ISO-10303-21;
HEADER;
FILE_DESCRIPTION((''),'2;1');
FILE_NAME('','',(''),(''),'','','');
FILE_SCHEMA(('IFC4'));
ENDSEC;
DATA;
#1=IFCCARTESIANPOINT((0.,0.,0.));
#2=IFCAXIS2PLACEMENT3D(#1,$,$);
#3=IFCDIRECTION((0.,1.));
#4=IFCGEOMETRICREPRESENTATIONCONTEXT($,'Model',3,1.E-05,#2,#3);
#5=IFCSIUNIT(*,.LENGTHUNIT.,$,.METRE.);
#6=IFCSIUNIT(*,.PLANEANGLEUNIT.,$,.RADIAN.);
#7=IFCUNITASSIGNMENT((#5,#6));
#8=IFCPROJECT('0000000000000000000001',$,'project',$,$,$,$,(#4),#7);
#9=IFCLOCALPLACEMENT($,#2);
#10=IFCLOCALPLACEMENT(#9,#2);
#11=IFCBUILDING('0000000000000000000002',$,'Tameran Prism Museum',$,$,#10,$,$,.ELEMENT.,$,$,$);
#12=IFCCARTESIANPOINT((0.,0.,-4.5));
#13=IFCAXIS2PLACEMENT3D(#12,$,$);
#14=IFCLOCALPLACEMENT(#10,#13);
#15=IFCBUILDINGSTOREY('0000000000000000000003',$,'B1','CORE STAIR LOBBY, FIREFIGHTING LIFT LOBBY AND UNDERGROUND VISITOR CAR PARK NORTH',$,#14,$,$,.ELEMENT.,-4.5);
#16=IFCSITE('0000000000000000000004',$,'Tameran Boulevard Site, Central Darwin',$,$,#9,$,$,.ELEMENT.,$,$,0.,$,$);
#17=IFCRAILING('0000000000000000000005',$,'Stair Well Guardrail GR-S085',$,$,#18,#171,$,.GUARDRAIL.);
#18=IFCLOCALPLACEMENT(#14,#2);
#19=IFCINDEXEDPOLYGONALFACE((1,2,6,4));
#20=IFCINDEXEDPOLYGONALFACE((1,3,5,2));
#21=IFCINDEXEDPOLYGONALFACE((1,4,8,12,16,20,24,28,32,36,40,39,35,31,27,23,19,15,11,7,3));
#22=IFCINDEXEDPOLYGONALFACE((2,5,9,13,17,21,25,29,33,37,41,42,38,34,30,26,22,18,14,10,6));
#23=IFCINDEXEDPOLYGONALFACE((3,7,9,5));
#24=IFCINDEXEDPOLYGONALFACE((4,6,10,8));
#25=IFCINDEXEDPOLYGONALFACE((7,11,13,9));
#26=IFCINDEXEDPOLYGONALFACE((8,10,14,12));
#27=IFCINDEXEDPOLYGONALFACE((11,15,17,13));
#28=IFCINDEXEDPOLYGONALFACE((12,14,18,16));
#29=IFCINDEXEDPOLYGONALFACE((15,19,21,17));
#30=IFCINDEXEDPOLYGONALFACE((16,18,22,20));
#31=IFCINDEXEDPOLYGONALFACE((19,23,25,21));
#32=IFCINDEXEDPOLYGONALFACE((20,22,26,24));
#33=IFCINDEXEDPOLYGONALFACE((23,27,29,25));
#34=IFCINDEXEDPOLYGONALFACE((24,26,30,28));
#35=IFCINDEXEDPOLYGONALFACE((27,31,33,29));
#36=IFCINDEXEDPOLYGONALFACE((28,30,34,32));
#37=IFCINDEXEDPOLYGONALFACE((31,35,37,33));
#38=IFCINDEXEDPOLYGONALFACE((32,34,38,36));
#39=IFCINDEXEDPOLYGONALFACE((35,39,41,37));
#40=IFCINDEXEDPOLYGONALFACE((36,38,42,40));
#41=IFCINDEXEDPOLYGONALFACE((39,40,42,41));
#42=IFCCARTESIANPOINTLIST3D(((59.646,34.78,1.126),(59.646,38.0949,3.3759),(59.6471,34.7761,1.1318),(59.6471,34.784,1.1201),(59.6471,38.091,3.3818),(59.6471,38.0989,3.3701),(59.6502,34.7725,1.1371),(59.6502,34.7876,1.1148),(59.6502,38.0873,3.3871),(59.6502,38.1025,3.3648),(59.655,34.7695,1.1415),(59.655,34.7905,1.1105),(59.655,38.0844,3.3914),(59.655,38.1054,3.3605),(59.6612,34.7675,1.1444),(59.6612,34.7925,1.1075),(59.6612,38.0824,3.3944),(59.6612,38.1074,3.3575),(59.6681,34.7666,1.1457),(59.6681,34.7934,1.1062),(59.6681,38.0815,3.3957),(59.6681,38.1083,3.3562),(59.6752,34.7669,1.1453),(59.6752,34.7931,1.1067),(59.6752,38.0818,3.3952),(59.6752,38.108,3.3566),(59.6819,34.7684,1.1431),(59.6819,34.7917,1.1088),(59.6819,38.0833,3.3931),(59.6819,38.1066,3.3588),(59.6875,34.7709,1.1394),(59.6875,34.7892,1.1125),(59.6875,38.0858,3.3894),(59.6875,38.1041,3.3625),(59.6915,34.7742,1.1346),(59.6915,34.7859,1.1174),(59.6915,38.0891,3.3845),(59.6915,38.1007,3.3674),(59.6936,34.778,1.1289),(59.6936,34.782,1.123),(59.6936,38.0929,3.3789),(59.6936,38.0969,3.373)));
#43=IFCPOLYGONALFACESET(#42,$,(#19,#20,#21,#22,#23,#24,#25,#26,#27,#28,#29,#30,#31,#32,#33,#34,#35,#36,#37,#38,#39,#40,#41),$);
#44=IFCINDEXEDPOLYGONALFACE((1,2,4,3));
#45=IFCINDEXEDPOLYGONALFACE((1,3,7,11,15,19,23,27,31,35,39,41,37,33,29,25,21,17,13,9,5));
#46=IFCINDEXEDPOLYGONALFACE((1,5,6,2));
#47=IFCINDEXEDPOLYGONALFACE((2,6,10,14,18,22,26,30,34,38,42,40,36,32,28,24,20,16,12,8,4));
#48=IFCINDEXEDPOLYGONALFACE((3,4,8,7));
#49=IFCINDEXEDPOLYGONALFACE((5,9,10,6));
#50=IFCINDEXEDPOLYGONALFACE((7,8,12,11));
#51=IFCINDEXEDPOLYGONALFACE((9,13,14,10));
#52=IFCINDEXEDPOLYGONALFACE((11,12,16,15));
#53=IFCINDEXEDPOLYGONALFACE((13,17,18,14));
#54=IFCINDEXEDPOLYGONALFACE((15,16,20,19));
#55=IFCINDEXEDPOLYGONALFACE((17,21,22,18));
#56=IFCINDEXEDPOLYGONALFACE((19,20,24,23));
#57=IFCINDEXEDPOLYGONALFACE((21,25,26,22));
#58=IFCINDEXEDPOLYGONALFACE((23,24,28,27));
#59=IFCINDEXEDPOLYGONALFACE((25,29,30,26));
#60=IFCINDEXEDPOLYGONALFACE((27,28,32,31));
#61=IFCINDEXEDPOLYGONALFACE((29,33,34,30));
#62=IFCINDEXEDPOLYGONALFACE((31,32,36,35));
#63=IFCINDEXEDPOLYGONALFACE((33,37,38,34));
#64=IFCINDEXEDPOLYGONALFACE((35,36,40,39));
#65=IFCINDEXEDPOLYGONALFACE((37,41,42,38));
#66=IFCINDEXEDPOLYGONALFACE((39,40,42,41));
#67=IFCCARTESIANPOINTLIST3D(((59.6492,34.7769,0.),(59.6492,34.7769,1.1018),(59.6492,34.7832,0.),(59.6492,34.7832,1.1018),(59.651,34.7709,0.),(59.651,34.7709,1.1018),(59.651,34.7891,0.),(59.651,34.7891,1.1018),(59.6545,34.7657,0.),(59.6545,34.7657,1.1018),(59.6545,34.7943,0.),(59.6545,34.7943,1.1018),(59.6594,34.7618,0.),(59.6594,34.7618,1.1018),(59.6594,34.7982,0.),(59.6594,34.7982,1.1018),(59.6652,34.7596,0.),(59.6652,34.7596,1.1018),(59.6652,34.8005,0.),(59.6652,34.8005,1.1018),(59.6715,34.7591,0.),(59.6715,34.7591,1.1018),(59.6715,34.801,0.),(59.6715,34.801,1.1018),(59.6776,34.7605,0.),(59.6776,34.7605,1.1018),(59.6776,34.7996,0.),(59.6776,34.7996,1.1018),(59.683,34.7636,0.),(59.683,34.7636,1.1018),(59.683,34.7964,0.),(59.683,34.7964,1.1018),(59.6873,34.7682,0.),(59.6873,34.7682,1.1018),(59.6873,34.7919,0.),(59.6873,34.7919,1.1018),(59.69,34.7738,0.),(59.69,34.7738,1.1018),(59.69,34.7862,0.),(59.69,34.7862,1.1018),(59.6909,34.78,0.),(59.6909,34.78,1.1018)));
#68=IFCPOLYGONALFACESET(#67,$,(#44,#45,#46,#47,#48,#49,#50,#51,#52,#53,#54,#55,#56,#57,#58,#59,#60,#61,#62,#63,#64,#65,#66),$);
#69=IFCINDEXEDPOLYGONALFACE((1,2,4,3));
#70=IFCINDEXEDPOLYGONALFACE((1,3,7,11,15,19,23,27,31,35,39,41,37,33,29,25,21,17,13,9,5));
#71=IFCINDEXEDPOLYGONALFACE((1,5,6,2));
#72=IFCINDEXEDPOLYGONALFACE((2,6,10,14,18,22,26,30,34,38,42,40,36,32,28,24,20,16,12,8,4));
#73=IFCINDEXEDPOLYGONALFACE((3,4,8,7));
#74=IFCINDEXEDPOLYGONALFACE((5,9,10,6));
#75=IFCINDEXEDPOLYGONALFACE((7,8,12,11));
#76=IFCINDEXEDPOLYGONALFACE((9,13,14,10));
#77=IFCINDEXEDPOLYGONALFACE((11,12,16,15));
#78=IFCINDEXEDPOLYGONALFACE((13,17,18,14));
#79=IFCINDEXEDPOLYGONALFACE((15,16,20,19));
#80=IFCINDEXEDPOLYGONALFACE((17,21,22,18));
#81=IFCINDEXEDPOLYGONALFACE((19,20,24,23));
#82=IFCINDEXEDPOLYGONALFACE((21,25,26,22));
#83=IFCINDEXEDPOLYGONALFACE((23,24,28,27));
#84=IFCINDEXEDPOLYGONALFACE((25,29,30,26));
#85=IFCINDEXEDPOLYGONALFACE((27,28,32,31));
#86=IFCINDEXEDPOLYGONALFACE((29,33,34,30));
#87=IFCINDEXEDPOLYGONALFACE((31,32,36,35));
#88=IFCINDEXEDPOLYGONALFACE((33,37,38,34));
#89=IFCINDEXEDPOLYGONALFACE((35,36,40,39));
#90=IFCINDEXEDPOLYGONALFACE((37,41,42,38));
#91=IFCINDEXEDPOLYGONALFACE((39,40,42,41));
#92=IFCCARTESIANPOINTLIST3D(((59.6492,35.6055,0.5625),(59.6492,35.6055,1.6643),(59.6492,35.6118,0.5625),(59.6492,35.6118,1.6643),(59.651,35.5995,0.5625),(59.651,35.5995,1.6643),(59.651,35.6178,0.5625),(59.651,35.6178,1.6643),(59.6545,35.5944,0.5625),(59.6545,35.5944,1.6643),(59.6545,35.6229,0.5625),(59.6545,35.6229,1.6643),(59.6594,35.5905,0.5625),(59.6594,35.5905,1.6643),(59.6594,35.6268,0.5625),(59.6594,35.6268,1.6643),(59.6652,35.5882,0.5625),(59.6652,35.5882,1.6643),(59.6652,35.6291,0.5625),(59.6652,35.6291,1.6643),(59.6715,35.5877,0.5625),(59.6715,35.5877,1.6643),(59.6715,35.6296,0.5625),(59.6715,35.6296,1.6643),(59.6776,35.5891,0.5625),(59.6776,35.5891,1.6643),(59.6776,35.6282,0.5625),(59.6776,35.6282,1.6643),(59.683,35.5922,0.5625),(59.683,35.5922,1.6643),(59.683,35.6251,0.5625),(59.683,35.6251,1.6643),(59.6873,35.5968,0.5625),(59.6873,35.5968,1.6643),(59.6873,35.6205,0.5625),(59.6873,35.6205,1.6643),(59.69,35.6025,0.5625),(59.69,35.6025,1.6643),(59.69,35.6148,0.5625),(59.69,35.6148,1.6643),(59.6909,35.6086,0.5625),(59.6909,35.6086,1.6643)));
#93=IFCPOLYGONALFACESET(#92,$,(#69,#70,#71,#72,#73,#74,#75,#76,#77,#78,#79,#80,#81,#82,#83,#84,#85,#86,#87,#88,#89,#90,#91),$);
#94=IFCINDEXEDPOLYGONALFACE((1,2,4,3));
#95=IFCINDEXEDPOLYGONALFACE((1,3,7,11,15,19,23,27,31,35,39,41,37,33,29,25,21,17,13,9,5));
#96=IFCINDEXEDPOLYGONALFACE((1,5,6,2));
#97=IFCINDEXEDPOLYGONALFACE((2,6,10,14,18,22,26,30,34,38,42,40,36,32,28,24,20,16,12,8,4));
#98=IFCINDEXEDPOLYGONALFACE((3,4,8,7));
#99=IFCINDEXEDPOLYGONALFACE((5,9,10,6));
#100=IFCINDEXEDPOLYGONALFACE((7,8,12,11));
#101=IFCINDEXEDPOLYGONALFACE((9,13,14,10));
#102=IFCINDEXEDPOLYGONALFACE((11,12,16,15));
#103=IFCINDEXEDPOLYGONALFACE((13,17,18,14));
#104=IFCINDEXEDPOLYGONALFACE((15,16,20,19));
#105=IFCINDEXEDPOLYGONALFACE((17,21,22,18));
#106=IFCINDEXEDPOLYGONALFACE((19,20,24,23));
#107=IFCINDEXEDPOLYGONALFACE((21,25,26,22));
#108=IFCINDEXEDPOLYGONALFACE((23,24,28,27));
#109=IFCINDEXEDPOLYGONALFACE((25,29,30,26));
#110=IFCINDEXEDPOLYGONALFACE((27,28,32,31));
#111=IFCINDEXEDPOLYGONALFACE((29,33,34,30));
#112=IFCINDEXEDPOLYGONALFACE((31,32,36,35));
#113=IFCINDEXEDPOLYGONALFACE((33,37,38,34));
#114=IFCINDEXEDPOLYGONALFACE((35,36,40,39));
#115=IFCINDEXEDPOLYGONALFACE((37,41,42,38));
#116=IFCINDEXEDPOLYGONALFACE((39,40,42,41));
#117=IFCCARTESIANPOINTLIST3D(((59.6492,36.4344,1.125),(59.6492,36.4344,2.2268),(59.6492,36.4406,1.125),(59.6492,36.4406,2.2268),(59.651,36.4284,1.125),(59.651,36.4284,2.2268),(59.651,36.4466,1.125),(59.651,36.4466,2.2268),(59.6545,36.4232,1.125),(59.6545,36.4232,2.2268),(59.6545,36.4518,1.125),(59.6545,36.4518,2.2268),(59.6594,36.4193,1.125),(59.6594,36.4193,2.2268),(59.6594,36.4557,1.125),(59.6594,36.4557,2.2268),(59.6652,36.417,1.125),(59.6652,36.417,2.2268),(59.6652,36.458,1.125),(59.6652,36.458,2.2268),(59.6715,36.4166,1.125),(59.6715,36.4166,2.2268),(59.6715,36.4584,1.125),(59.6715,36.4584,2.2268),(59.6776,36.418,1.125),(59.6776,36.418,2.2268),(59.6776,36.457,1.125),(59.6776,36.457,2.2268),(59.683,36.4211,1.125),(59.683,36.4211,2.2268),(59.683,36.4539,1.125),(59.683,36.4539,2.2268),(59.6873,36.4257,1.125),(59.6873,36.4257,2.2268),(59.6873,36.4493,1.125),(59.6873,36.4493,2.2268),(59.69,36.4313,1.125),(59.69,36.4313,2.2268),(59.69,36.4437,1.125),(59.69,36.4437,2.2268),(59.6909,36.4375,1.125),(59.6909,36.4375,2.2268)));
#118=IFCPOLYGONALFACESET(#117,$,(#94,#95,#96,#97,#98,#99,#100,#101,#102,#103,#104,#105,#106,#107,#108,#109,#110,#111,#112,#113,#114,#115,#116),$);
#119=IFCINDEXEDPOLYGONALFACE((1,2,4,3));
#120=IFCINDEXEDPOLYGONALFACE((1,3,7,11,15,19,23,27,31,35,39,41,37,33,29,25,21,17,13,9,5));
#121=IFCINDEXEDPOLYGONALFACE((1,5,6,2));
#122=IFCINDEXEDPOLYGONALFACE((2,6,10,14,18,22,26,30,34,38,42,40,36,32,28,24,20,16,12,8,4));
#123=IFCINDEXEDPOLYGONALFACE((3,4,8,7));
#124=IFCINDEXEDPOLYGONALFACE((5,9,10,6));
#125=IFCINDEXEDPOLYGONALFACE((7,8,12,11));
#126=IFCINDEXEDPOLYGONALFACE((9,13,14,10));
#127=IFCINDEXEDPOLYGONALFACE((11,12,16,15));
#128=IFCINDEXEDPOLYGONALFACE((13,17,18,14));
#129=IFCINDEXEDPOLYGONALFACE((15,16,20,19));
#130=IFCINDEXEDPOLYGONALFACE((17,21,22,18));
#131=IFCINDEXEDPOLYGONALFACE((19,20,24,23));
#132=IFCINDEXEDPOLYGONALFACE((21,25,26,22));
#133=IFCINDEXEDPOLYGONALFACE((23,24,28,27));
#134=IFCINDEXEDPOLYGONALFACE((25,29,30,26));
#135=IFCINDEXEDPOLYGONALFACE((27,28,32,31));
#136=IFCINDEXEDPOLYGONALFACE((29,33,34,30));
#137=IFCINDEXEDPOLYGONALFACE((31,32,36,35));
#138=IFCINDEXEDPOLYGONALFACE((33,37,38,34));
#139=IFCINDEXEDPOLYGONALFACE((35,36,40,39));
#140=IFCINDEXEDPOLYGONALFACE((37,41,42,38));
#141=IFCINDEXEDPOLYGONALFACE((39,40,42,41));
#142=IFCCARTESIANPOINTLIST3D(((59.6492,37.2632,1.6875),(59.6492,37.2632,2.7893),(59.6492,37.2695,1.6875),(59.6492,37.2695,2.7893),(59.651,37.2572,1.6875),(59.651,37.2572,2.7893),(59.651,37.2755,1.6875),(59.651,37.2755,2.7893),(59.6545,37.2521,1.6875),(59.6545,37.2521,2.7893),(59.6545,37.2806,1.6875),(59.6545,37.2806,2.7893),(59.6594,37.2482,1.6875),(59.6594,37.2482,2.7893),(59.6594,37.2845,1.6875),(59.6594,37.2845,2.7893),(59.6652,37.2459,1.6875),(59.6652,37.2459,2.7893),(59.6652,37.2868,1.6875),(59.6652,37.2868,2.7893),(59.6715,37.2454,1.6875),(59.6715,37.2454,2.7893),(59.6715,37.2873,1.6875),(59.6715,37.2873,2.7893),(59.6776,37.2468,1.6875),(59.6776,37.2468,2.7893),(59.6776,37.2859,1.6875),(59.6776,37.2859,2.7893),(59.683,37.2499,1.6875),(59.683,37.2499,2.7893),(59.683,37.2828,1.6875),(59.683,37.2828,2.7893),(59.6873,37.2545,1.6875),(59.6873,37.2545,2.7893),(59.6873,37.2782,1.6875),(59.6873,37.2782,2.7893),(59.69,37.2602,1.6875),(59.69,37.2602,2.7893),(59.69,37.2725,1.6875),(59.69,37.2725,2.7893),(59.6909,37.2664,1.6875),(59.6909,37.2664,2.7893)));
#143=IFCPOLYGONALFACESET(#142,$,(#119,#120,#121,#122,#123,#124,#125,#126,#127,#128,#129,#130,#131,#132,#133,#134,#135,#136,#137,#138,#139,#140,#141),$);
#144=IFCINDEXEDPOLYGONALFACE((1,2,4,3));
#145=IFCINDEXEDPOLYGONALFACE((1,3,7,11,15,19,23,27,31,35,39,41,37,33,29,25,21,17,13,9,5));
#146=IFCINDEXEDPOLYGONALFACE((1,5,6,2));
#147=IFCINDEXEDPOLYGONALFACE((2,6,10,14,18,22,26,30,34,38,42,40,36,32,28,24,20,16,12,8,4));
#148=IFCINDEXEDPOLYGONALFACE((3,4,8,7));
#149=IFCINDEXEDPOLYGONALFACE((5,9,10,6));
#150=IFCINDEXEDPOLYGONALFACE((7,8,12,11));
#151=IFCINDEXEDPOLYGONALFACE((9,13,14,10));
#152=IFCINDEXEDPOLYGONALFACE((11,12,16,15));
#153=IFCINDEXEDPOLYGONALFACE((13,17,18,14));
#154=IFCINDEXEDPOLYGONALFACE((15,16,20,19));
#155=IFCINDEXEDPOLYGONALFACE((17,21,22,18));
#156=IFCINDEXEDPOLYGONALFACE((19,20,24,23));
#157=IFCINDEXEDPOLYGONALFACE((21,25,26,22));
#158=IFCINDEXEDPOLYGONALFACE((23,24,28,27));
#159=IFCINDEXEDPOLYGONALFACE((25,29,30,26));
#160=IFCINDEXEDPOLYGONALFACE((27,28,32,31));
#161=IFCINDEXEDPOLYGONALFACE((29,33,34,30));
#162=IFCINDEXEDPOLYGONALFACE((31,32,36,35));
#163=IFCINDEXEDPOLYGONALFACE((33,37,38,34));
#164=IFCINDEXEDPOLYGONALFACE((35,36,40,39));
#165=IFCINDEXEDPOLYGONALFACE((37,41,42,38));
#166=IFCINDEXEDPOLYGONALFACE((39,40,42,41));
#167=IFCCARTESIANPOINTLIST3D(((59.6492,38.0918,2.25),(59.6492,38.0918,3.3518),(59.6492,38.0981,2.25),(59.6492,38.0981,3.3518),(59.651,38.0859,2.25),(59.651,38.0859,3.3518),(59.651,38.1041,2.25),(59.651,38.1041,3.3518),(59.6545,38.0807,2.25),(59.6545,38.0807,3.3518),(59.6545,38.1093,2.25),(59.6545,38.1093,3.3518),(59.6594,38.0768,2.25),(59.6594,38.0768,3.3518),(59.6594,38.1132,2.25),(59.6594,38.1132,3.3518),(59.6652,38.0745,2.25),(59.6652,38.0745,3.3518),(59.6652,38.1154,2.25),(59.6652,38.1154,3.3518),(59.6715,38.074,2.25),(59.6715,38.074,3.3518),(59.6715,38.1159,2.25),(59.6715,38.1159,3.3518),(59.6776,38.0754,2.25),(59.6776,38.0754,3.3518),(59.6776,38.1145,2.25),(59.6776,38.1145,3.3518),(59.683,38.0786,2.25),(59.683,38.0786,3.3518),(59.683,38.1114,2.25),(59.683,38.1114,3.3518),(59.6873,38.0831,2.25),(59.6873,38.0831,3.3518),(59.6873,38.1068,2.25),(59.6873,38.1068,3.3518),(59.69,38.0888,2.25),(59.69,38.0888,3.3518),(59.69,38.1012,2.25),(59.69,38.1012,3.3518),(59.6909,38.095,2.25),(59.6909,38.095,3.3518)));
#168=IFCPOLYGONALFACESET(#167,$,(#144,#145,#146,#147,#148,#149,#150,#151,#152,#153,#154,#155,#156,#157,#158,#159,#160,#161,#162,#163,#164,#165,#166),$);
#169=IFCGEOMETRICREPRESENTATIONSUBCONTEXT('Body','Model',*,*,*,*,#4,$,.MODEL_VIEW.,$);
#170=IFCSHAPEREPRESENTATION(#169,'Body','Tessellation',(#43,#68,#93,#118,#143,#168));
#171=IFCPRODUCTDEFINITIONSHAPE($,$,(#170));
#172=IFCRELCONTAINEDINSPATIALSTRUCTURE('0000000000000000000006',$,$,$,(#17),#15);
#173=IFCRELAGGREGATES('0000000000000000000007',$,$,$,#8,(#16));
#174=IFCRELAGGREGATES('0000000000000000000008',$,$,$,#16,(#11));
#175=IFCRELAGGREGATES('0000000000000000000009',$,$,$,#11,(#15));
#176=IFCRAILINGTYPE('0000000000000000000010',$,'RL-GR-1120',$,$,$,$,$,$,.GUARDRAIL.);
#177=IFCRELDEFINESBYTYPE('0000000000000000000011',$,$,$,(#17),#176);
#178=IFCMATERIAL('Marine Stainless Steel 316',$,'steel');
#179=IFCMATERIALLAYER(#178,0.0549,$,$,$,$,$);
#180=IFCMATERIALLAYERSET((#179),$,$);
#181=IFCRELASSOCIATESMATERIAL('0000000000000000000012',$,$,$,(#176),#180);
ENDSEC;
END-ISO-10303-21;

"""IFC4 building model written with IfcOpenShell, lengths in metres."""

from ifc_helpers import new_model, si_unit, direction, frame, origin, origin_2d, place, context, subcontext, project, spatial, circle, extrude, material, layer, layer_set, type_object, element, save


model = new_model("IFC4")

# Units and contexts
model_context = context("Model", 3, precision=1e-05, world=origin(), true_north=direction((0.0, 1.0)))
body_context = subcontext(model_context, "Body", "Model", "MODEL_VIEW")
ifc_project = project(units=[si_unit("LENGTHUNIT", "METRE"), si_unit("PLANEANGLEUNIT", "RADIAN")], contexts=[model_context])

# Site, building, storey
site_placement = place(None, origin())
site = spatial("IfcSite", under=ifc_project, at=site_placement, Name="Tameran Boulevard Site, Central Darwin", CompositionType="ELEMENT", RefElevation=0.0)
building_placement = place(site_placement, origin())
building = spatial("IfcBuilding", under=site, at=building_placement, Name="Tameran Prism Museum", CompositionType="ELEMENT")
storey_placement = place(building_placement, frame((0.0, 0.0, -4.5)))
storey = spatial("IfcBuildingStorey", under=building, at=storey_placement, Name="B1", Description="CORE STAIR LOBBY, FIREFIGHTING LIFT LOBBY AND UNDERGROUND VISITOR CAR PARK NORTH", CompositionType="ELEMENT", Elevation=-4.5)

# Railing
ifc_material_1 = material(Name="Marine Stainless Steel 316", Category="steel")
ifc_layer_1 = layer(ifc_material_1, 0.0549)
ifc_layer_set_1 = layer_set([ifc_layer_1])
railing_type_1 = type_object("IfcRailingType", Name="RL-GR-1120", PredefinedType="GUARDRAIL", material=ifc_layer_set_1)
railing_1_placement = place(storey_placement, frame((59.6699, 34.78, 0.0)))
element("IfcRailing", 1, at=railing_1_placement, inside=storey, type_object=railing_type_1, Name="Stair Well Guardrail GR-S085", PredefinedType="GUARDRAIL", context=body_context, shape_type="SweptSolid", body=[
    extrude(circle(Radius=0.0239, at=origin_2d()), frame((0.0, 0.0, 1.126), z_axis=(0.0, 0.827409, 0.5616), x_axis=(-1.0, 0.0, 0.0)), (0.0, 0.0, 1.0), 4.0063),
    extrude(circle(Radius=0.021, at=origin_2d()), origin(), (0.0, 0.0, 1.0), 1.1018),
    extrude(circle(Radius=0.021, at=origin_2d()), frame((0.0, 0.8286, 0.5625)), (0.0, 0.0, 1.0), 1.1018),
    extrude(circle(Radius=0.021, at=origin_2d()), frame((0.0, 1.6575, 1.125)), (0.0, 0.0, 1.0), 1.1018),
    extrude(circle(Radius=0.021, at=origin_2d()), frame((0.0, 2.4863, 1.6875)), (0.0, 0.0, 1.0), 1.1018),
    extrude(circle(Radius=0.021, at=origin_2d()), frame((0.0, 3.3149, 2.25)), (0.0, 0.0, 1.0), 1.1018),
])

save(model, "model.ifc")
